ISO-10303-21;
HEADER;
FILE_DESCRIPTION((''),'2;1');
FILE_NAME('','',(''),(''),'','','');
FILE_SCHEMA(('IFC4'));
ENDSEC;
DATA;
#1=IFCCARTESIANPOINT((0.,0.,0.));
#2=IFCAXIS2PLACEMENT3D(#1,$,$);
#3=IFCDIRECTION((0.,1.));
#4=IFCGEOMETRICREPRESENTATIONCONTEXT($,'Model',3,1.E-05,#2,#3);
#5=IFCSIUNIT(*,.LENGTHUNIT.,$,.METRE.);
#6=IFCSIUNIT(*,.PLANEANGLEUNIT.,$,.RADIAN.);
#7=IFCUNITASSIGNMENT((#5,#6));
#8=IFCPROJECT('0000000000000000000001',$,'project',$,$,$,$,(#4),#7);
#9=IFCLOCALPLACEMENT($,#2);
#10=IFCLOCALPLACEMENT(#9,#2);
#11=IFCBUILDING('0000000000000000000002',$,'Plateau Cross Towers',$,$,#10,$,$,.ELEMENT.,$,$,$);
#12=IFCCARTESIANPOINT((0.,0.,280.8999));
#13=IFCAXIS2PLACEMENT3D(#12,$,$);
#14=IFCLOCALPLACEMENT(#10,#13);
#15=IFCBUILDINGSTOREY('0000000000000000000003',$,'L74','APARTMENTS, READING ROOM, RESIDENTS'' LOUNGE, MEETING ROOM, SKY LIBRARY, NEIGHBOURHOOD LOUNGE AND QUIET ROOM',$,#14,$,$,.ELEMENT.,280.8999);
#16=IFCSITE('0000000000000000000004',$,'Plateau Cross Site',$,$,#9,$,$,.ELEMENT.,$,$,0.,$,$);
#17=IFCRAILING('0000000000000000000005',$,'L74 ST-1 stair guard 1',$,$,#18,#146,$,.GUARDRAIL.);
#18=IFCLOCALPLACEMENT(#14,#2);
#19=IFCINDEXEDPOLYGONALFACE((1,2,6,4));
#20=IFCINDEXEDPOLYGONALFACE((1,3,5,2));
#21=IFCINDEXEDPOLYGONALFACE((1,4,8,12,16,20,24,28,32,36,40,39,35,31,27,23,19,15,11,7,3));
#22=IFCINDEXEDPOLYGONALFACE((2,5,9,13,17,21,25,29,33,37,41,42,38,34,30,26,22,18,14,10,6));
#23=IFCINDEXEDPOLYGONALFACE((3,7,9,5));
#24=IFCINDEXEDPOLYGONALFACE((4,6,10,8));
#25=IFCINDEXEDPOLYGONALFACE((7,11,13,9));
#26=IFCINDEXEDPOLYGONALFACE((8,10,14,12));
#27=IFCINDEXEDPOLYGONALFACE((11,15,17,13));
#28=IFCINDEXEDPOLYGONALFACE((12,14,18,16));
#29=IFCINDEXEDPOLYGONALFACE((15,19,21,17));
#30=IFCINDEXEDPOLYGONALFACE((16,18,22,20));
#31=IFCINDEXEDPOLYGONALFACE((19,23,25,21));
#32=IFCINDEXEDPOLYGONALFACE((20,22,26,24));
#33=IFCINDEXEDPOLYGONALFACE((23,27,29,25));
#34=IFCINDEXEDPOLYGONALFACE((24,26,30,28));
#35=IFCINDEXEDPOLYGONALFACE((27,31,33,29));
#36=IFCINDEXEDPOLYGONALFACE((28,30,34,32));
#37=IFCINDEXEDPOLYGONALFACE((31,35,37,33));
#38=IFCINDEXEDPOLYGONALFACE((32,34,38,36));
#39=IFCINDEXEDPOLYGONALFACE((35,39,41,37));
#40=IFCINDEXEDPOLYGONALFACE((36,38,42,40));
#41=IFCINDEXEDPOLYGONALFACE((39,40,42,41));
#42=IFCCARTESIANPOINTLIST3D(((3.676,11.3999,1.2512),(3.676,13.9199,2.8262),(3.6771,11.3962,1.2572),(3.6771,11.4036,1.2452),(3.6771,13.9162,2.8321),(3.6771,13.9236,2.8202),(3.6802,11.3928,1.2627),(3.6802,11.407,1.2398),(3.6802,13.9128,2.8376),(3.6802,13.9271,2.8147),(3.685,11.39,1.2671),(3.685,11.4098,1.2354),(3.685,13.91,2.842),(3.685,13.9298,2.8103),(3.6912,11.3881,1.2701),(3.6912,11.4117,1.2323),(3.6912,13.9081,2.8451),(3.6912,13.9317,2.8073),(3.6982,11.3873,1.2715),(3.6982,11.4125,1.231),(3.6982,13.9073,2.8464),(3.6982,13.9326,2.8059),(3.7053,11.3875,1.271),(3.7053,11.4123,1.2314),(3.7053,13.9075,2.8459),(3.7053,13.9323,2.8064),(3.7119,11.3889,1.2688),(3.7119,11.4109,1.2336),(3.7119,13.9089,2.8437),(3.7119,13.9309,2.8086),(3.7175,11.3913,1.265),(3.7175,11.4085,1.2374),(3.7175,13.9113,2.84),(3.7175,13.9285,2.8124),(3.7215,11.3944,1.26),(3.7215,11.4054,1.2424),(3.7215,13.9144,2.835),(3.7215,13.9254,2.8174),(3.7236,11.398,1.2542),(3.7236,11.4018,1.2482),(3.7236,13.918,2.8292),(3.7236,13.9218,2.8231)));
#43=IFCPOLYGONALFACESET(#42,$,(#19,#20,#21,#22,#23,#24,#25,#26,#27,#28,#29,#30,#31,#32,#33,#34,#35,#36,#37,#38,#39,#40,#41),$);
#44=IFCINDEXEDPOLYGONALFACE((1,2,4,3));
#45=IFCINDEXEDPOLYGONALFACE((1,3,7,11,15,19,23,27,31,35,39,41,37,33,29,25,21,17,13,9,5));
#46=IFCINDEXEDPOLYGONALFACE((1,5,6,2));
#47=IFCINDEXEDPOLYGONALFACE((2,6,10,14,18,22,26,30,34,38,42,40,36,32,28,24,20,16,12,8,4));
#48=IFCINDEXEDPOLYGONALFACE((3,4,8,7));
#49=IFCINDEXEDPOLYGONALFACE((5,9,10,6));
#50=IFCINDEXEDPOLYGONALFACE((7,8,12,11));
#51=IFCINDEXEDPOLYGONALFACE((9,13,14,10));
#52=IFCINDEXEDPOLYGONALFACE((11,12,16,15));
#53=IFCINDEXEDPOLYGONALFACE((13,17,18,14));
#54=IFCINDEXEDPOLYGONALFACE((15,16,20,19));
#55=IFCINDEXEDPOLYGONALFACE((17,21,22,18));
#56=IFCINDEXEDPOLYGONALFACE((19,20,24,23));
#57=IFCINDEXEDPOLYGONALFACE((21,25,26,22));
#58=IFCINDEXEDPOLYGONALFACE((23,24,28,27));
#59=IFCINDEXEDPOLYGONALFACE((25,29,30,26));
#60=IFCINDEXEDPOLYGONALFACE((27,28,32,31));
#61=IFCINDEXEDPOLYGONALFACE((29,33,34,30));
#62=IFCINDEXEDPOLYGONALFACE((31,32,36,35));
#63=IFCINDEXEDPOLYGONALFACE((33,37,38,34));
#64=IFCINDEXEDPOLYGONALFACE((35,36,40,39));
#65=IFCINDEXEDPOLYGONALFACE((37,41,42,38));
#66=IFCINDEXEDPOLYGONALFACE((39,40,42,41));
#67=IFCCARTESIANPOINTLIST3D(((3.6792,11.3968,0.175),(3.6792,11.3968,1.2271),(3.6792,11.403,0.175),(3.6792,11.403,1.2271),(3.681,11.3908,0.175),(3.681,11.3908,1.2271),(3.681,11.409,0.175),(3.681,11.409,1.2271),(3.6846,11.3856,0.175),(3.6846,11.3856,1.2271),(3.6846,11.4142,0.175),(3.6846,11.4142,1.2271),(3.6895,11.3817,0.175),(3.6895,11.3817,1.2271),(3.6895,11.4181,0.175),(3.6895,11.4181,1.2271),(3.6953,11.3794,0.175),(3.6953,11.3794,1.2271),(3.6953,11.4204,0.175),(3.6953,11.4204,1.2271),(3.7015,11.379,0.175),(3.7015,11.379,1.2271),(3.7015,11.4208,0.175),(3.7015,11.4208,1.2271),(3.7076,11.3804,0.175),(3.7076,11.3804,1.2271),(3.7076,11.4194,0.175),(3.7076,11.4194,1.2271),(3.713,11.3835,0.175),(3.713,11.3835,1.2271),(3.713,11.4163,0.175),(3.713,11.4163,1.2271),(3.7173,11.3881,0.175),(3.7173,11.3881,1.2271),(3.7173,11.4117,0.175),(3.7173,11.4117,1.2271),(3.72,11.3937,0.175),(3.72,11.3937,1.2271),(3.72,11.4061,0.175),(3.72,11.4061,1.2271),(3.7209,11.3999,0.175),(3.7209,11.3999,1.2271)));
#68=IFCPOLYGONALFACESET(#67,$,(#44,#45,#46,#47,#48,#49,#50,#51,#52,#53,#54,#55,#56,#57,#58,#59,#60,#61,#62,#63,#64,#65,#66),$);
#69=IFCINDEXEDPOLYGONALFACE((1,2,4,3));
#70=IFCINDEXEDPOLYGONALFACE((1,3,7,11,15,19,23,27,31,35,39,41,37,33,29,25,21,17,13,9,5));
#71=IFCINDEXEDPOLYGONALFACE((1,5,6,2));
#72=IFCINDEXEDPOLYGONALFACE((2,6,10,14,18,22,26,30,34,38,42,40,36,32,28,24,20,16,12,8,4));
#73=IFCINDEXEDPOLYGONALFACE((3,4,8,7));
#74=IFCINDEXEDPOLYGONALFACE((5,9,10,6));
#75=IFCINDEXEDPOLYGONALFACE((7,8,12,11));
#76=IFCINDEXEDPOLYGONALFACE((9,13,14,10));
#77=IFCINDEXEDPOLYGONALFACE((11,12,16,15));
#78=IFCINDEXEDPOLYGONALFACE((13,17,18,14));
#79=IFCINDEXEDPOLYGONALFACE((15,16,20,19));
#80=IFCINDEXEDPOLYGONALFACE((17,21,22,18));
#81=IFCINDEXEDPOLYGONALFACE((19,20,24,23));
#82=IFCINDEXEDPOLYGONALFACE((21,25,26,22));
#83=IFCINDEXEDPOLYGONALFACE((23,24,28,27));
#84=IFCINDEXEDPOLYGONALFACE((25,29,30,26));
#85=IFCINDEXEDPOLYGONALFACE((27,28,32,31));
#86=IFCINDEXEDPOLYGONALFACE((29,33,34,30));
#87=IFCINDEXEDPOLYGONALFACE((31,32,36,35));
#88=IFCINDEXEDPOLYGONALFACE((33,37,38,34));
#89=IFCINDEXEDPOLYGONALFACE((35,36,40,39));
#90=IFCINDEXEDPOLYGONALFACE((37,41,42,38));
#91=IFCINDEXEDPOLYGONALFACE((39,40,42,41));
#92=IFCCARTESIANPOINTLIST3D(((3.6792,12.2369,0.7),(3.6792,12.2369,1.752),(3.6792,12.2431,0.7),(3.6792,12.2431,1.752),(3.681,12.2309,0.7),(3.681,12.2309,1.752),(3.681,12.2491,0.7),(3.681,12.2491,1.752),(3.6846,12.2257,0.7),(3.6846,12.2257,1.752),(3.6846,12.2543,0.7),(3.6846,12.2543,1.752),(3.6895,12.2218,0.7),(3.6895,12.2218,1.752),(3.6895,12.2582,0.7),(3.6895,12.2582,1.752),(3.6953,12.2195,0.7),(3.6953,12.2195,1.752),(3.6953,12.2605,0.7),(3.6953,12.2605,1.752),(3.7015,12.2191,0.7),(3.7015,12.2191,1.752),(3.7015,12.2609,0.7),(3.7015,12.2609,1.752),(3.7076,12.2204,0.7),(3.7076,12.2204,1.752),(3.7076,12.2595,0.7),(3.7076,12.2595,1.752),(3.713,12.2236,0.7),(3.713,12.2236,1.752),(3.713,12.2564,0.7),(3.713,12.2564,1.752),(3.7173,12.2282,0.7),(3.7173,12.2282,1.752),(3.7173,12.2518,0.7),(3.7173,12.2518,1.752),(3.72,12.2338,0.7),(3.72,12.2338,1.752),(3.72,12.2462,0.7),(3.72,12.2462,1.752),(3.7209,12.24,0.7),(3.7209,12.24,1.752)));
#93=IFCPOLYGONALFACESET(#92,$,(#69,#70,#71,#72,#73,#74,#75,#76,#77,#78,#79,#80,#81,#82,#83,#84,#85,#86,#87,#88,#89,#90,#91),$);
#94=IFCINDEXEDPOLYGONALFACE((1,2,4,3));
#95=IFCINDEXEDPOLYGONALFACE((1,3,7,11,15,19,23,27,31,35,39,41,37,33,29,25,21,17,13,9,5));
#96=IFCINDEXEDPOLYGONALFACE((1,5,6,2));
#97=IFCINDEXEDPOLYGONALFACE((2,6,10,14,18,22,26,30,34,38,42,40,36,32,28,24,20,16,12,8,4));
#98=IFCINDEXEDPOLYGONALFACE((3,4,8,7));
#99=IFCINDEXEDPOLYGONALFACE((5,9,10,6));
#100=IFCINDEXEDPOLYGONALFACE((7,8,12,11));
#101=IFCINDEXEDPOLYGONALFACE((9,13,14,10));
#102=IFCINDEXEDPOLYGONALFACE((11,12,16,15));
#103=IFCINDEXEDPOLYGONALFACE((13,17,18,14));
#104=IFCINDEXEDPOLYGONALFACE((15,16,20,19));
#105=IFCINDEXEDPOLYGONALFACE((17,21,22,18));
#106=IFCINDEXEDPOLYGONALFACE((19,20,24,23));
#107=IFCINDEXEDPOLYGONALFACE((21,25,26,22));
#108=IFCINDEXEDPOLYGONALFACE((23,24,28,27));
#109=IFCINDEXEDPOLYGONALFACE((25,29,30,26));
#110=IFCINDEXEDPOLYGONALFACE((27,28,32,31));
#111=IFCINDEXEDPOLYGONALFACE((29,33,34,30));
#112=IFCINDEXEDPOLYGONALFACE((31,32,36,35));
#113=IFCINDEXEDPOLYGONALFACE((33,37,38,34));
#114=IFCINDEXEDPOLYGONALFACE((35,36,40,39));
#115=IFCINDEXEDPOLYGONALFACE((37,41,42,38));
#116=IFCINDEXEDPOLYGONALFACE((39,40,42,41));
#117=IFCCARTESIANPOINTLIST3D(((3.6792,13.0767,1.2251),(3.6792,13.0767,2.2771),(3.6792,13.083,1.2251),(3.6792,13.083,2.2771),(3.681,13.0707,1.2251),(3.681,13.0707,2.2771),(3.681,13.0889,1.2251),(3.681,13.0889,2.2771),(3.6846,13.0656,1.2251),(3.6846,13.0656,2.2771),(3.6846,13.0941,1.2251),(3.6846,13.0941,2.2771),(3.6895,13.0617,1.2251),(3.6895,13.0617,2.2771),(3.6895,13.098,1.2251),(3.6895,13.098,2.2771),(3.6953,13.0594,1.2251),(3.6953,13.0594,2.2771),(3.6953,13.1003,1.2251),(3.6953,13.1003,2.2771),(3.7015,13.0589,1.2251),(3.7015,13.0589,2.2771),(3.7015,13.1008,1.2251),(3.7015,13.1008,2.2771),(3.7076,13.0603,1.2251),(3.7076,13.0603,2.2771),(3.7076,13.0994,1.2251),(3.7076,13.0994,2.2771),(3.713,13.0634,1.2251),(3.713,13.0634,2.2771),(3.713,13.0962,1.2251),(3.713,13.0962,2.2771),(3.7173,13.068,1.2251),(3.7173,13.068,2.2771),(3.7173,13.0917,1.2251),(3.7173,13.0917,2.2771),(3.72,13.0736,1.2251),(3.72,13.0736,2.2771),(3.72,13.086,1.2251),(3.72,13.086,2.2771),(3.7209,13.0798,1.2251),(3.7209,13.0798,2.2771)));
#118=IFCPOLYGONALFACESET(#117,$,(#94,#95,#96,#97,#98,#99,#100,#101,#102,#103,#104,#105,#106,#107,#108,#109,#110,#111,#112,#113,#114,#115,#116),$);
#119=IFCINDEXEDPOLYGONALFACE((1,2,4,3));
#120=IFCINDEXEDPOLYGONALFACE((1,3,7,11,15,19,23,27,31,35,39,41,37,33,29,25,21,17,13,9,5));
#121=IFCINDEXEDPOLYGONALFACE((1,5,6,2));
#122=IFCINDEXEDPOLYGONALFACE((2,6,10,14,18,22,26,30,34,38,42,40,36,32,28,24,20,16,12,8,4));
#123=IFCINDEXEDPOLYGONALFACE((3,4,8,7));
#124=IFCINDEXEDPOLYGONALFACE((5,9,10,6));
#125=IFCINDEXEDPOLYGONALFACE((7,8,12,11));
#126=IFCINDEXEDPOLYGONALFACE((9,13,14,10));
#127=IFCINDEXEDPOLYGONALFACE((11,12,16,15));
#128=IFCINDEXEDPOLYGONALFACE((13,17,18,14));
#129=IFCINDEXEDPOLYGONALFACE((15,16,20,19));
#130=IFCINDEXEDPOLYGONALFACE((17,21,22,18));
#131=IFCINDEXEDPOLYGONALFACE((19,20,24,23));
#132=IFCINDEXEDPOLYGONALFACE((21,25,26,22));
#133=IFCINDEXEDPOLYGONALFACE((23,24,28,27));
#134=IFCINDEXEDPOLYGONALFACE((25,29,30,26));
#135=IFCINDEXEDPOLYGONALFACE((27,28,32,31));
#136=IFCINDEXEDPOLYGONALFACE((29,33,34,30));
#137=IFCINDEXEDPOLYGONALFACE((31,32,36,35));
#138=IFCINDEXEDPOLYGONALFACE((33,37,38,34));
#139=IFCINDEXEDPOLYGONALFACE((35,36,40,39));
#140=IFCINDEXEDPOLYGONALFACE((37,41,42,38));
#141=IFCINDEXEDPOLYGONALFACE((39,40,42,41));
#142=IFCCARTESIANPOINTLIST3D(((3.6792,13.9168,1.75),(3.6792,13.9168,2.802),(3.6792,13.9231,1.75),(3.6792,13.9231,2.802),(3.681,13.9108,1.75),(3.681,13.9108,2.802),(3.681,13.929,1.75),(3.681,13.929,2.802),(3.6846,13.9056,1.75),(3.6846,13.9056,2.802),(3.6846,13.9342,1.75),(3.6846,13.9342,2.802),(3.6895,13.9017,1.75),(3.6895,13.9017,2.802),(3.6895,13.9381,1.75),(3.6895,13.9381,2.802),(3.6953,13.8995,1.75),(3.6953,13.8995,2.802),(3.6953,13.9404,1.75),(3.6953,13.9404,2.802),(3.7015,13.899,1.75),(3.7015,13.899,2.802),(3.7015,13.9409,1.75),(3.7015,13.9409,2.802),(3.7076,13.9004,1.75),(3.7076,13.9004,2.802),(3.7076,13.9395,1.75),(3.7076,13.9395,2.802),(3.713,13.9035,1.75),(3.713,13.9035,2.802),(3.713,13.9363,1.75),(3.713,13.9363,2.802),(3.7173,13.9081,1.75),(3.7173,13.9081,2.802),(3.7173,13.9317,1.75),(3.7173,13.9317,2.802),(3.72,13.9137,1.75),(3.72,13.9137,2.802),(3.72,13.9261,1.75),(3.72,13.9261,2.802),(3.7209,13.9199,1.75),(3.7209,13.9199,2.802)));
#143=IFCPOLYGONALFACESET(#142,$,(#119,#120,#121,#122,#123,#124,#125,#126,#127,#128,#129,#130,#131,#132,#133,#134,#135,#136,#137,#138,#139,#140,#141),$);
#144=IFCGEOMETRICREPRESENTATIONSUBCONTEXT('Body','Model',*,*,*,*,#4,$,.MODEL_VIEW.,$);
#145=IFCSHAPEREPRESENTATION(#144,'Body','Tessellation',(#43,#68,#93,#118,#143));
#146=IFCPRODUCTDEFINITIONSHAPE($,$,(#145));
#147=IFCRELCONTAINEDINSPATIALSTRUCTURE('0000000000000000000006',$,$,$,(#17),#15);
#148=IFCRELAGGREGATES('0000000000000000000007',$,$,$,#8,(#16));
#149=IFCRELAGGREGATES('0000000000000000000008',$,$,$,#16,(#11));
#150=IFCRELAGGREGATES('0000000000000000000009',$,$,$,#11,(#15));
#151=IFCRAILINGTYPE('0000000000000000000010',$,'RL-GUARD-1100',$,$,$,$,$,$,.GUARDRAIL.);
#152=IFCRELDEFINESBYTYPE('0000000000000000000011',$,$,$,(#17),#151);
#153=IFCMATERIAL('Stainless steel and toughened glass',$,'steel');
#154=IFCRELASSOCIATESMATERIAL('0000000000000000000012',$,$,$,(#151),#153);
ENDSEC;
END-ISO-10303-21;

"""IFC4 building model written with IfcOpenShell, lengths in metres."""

from ifc_helpers import new_model, si_unit, direction, frame, origin, origin_2d, place, context, subcontext, project, spatial, circle, extrude, material, type_object, element, save


model = new_model("IFC4")

# Units and contexts
model_context = context("Model", 3, precision=1e-05, world=origin(), true_north=direction((0.0, 1.0)))
body_context = subcontext(model_context, "Body", "Model", "MODEL_VIEW")
ifc_project = project(units=[si_unit("LENGTHUNIT", "METRE"), si_unit("PLANEANGLEUNIT", "RADIAN")], contexts=[model_context])

# Site, building, storey
site_placement = place(None, origin())
site = spatial("IfcSite", under=ifc_project, at=site_placement, Name="Plateau Cross Site", CompositionType="ELEMENT", RefElevation=0.0)
building_placement = place(site_placement, origin())
building = spatial("IfcBuilding", under=site, at=building_placement, Name="Plateau Cross Towers", CompositionType="ELEMENT")
storey_placement = place(building_placement, frame((0.0, 0.0, 280.8999)))
storey = spatial("IfcBuildingStorey", under=building, at=storey_placement, Name="L74", Description="APARTMENTS, READING ROOM, RESIDENTS' LOUNGE, MEETING ROOM, SKY LIBRARY, NEIGHBOURHOOD LOUNGE AND QUIET ROOM", CompositionType="ELEMENT", Elevation=280.8999)

# Railing
ifc_material_1 = material(Name="Stainless steel and toughened glass", Category="steel")
railing_type_1 = type_object("IfcRailingType", Name="RL-GUARD-1100", PredefinedType="GUARDRAIL", material=ifc_material_1)
railing_1_placement = place(storey_placement, frame((3.7, 11.3999, 0.175)))
element("IfcRailing", 1, at=railing_1_placement, inside=storey, type_object=railing_type_1, Name="L74 ST-1 stair guard 1", PredefinedType="GUARDRAIL", context=body_context, shape_type="SweptSolid", body=[
    extrude(circle(Radius=0.0239, at=origin_2d()), frame((0.0, 0.0, 1.0762), z_axis=(0.0, 0.848008, 0.529984), x_axis=(-1.0, 0.0, 0.0)), (0.0, 0.0, 1.0), 2.9717),
    extrude(circle(Radius=0.021, at=origin_2d()), origin(), (0.0, 0.0, 1.0), 1.052),
    extrude(circle(Radius=0.021, at=origin_2d()), frame((0.0, 0.8401, 0.5249)), (0.0, 0.0, 1.0), 1.052),
    extrude(circle(Radius=0.021, at=origin_2d()), frame((0.0, 1.6799, 1.05)), (0.0, 0.0, 1.0), 1.052),
    extrude(circle(Radius=0.021, at=origin_2d()), frame((0.0, 2.52, 1.575)), (0.0, 0.0, 1.0), 1.052),
])

save(model, "model.ifc")
